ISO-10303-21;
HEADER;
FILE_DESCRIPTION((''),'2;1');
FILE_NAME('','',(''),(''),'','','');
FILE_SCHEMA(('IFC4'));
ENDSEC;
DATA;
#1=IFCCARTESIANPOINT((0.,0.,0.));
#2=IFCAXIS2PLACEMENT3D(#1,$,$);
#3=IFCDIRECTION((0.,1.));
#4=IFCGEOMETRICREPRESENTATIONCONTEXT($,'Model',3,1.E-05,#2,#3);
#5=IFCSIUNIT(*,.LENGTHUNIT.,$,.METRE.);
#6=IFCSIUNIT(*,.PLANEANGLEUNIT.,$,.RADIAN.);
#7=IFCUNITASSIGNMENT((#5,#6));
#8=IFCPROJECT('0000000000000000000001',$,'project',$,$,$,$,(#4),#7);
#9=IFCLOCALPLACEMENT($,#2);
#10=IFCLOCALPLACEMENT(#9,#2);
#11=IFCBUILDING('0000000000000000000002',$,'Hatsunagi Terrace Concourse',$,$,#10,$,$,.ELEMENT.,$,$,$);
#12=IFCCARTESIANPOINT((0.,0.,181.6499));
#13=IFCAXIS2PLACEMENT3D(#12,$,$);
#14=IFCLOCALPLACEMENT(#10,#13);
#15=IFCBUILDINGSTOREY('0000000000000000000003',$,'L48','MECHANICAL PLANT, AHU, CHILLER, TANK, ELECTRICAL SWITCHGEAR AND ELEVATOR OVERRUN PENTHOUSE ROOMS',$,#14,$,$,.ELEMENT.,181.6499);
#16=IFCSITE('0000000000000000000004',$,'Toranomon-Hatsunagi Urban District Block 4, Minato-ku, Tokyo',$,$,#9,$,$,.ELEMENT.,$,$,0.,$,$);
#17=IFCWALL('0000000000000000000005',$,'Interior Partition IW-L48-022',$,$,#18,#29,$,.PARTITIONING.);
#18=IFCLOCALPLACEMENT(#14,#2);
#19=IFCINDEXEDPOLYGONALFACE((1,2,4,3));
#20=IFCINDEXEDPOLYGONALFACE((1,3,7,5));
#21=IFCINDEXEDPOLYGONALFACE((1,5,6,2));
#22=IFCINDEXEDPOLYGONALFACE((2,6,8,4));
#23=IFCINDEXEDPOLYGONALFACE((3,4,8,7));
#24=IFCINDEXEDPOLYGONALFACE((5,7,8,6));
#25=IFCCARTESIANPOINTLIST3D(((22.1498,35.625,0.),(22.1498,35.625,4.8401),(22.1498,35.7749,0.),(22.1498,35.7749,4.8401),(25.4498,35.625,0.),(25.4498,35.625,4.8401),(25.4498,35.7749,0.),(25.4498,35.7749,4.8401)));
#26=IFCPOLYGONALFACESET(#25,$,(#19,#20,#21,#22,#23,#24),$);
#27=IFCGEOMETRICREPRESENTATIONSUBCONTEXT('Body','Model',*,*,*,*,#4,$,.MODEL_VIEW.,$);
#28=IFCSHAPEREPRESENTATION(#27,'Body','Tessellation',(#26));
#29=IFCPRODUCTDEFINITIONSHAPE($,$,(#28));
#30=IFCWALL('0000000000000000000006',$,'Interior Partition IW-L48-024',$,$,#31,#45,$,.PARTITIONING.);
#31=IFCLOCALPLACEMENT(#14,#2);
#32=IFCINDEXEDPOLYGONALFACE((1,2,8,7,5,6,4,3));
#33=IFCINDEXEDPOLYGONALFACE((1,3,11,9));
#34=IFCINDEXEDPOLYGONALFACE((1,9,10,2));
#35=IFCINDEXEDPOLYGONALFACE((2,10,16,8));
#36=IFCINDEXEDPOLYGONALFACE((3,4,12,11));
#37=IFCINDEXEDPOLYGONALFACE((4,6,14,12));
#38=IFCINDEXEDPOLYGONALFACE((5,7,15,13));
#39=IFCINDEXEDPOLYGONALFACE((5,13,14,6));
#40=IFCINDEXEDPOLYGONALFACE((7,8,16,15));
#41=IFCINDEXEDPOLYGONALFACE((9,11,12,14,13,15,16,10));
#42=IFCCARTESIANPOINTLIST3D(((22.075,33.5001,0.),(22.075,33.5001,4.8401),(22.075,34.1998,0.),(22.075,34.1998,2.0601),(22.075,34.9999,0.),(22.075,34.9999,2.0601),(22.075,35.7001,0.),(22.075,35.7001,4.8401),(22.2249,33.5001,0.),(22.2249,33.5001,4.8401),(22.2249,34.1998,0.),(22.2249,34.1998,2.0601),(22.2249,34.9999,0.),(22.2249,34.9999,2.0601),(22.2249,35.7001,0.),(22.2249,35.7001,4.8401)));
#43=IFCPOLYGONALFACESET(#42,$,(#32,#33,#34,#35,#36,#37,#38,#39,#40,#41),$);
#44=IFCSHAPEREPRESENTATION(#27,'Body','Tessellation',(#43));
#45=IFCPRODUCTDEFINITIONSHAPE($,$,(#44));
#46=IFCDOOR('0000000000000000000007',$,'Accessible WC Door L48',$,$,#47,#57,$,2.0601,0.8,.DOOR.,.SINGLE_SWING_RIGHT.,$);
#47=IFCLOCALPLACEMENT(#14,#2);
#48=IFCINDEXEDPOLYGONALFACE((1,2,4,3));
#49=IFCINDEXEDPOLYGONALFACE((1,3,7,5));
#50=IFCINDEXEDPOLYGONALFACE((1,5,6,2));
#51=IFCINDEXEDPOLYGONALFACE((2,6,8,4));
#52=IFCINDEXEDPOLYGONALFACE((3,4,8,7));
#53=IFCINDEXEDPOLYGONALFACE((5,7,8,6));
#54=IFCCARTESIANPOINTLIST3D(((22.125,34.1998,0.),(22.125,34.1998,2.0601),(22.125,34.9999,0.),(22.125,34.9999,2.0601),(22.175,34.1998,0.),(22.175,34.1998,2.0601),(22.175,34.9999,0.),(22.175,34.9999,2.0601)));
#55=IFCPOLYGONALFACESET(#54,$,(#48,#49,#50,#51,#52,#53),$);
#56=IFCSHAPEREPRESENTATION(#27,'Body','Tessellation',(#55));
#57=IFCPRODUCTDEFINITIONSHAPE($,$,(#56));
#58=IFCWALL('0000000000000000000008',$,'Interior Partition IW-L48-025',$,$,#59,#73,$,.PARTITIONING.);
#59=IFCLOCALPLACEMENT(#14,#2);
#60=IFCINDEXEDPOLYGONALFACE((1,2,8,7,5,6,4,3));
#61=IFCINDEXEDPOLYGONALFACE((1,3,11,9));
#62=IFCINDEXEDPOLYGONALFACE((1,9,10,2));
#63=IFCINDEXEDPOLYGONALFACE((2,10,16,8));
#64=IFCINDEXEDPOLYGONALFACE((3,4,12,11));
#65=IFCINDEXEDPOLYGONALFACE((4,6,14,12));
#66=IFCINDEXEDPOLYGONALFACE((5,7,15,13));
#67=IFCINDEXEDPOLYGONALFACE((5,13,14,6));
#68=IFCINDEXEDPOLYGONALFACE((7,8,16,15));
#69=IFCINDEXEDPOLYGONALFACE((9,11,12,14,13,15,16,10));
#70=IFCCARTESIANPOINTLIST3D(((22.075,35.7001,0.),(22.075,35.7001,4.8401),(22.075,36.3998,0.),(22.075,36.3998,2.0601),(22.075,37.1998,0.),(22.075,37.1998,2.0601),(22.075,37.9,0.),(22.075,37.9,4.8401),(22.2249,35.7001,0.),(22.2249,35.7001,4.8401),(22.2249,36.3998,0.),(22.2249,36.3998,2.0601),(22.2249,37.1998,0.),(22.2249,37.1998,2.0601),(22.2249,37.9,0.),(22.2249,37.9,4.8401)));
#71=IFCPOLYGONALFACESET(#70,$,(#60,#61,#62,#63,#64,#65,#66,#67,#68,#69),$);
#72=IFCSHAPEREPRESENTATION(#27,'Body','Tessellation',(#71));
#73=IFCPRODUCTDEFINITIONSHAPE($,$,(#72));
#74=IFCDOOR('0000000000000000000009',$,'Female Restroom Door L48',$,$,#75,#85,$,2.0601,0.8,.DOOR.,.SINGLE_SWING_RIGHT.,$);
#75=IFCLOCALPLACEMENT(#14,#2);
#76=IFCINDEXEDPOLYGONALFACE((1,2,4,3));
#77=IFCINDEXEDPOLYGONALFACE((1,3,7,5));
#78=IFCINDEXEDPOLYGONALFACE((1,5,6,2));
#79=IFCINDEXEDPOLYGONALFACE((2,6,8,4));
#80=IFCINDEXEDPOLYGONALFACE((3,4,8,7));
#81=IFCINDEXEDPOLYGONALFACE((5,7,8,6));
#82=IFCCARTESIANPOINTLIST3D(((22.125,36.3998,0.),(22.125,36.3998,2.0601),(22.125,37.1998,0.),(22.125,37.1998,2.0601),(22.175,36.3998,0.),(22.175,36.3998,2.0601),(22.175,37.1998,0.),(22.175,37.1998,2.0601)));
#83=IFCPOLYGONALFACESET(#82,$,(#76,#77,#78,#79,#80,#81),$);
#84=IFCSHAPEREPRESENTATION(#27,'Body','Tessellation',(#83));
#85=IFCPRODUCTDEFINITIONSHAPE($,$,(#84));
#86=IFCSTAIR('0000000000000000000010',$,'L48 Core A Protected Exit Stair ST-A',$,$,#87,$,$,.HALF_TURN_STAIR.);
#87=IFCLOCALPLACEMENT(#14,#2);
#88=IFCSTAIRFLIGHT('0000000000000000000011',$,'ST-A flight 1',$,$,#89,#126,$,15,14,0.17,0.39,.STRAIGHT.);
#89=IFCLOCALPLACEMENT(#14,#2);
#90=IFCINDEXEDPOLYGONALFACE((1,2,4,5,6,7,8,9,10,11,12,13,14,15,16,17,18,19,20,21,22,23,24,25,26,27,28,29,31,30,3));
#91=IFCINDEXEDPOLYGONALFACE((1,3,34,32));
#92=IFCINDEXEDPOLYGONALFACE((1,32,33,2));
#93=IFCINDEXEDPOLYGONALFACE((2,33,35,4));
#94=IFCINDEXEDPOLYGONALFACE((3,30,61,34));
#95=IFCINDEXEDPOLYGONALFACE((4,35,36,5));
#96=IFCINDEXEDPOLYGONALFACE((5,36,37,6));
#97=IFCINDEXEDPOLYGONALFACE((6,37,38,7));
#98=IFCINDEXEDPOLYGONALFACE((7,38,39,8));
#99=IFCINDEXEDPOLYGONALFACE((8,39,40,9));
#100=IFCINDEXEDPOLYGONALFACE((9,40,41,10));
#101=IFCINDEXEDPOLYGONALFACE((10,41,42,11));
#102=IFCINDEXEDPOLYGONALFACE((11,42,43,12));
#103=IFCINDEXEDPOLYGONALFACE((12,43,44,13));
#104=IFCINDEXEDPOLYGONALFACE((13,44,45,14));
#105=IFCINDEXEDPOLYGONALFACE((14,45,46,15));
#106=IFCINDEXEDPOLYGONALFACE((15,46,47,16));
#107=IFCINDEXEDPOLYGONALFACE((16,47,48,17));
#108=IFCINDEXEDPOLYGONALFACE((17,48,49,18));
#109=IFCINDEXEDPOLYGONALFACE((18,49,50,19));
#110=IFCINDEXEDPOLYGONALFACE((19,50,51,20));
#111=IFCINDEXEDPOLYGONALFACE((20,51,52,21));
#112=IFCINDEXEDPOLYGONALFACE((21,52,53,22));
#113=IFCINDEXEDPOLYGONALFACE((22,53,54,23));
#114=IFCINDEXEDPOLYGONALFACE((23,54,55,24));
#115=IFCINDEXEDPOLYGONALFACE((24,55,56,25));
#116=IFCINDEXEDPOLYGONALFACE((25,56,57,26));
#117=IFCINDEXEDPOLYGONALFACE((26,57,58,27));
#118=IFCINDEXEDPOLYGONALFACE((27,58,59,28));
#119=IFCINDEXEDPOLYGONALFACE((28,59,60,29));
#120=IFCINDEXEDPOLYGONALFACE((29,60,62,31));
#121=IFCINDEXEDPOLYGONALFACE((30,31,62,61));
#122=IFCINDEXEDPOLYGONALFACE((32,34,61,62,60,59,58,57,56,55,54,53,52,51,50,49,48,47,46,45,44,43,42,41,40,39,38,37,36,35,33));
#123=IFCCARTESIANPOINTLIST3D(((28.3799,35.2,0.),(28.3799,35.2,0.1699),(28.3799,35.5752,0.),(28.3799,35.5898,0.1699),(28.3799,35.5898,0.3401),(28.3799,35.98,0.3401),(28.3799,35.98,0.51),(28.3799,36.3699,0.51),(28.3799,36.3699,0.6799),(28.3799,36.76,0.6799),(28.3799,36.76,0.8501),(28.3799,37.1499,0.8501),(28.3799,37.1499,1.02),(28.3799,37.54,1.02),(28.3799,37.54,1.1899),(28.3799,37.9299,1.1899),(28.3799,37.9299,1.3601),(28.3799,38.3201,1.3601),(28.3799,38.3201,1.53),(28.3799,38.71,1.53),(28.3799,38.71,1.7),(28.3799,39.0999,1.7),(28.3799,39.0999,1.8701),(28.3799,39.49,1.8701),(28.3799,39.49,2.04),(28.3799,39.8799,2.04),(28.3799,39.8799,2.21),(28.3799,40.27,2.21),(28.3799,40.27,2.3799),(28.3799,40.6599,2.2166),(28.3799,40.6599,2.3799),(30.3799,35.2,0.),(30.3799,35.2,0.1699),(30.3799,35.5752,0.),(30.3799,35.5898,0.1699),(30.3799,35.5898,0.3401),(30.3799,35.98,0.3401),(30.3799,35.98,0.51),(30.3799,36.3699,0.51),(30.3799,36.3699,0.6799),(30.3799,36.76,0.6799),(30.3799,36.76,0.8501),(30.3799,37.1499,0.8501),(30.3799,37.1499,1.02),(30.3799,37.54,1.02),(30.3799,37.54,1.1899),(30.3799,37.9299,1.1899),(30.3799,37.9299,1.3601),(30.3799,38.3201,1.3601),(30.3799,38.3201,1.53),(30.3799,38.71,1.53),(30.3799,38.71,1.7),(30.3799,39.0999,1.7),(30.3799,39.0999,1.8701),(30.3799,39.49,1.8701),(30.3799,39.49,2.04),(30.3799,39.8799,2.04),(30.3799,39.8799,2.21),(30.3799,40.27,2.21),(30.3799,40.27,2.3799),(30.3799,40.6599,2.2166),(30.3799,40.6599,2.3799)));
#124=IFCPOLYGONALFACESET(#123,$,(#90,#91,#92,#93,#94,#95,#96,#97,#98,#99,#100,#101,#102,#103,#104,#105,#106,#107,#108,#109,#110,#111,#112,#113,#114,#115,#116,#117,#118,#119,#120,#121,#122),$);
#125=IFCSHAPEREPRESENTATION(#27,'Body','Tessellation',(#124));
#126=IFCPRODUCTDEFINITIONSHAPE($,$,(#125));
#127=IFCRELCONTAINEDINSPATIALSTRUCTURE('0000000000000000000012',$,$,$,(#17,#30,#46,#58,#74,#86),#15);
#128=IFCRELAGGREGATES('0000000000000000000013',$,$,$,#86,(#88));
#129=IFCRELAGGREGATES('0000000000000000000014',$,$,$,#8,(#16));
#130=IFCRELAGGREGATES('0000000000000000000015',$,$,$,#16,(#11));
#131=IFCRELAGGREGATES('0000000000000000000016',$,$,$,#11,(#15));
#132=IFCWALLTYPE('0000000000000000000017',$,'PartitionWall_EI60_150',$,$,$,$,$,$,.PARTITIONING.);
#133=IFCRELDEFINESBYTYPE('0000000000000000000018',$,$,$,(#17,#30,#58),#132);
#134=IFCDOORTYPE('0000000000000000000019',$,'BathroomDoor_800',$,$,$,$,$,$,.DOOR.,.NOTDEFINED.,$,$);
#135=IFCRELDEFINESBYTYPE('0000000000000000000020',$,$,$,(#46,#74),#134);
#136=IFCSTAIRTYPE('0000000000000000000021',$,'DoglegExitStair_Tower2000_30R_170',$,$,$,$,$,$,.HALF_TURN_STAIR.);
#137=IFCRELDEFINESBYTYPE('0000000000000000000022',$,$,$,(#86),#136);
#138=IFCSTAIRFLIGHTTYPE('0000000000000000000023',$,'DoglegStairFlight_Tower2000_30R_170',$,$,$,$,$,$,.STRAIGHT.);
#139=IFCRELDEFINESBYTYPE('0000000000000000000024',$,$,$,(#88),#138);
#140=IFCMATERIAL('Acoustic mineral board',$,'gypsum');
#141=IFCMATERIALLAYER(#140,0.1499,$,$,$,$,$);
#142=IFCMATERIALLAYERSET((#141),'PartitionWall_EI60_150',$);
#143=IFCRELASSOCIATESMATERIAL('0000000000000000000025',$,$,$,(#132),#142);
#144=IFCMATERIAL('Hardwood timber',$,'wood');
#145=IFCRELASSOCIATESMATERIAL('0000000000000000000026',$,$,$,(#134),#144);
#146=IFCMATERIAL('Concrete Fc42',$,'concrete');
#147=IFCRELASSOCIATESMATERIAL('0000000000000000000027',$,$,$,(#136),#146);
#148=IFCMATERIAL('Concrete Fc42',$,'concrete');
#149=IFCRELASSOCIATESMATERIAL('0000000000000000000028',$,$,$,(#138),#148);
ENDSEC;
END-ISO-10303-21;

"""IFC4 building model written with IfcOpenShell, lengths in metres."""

from ifc_helpers import new_model, si_unit, direction, frame, frame_2d, origin, place, context, subcontext, project, spatial, polyline, rectangle, outline, extrude, material, layer, layer_set, type_object, element, fill, aggregate, save


model = new_model("IFC4")

# Units and contexts
model_context = context("Model", 3, precision=1e-05, world=origin(), true_north=direction((0.0, 1.0)))
body_context = subcontext(model_context, "Body", "Model", "MODEL_VIEW")
ifc_project = project(units=[si_unit("LENGTHUNIT", "METRE"), si_unit("PLANEANGLEUNIT", "RADIAN")], contexts=[model_context])

# Site, building, storey
site_placement = place(None, origin())
site = spatial("IfcSite", under=ifc_project, at=site_placement, Name="Toranomon-Hatsunagi Urban District Block 4, Minato-ku, Tokyo", CompositionType="ELEMENT", RefElevation=0.0)
building_placement = place(site_placement, origin())
building = spatial("IfcBuilding", under=site, at=building_placement, Name="Hatsunagi Terrace Concourse", CompositionType="ELEMENT")
storey_placement = place(building_placement, frame((0.0, 0.0, 181.6499)))
storey = spatial("IfcBuildingStorey", under=building, at=storey_placement, Name="L48", Description="MECHANICAL PLANT, AHU, CHILLER, TANK, ELECTRICAL SWITCHGEAR AND ELEVATOR OVERRUN PENTHOUSE ROOMS", CompositionType="ELEMENT", Elevation=181.6499)

# Wall
ifc_material_1 = material(Name="Acoustic mineral board", Category="gypsum")
ifc_layer_1 = layer(ifc_material_1, 0.1499)
ifc_layer_set_1 = layer_set([ifc_layer_1], Name="PartitionWall_EI60_150")
wall_type_1 = type_object("IfcWallType", Name="PartitionWall_EI60_150", PredefinedType="PARTITIONING", material=ifc_layer_set_1)
wall_1_placement = place(storey_placement, frame((22.1499, 35.7, 0.0), z_axis=(0.0, 0.0, 1.0), x_axis=(1.0, 0.0, 0.0)))
element("IfcWall", 1, at=wall_1_placement, inside=storey, type_object=wall_type_1, Name="Interior Partition IW-L48-022", PredefinedType="PARTITIONING", context=body_context, shape_type="SweptSolid", body=[
    extrude(rectangle(XDim=3.3, YDim=0.1499, at=frame_2d((1.6499, 0.0))), origin(), (0.0, 0.0, 1.0), 4.8401),
])

# Walls, openings, doors
wall_2_placement = place(storey_placement, frame((22.1499, 33.5, 0.0), z_axis=(0.0, 0.0, 1.0), x_axis=(0.0, 1.0, 0.0)))
wall_2 = element("IfcWall", 2, at=wall_2_placement, inside=storey, type_object=wall_type_1, Name="Interior Partition IW-L48-024", PredefinedType="PARTITIONING", context=body_context, shape_type="SweptSolid", body=[
    extrude(rectangle(XDim=2.2, YDim=0.1499, at=frame_2d((1.1001, 0.0))), origin(), (0.0, 0.0, 1.0), 4.8401),
])
opening_1_placement = place(wall_2_placement, frame((0.7, 0.0, 0.0)))
opening_1 = element("IfcOpeningElement", 3, at=opening_1_placement, cuts=wall_2, PredefinedType="OPENING", context=body_context, shape_type="SweptSolid", body=[
    extrude(rectangle(XDim=0.8, YDim=2.0601, at=frame_2d((0.3999, 1.03))), frame((0.0, 0.085, 0.0), z_axis=(0.0, -1.0, 0.0), x_axis=(1.0, 0.0, 0.0)), (0.0, 0.0, 1.0), 0.1699),
])
ifc_material_2 = material(Name="Hardwood timber", Category="wood")
door_type_1 = type_object("IfcDoorType", Name="BathroomDoor_800", OperationType="NOTDEFINED", PredefinedType="DOOR", material=ifc_material_2)
door_1_placement = place(opening_1_placement, origin())
door_1 = element("IfcDoor", 4, at=door_1_placement, inside=storey, type_object=door_type_1, Name="Accessible WC Door L48", OperationType="SINGLE_SWING_RIGHT", OverallHeight=2.0601, OverallWidth=0.8, PredefinedType="DOOR", context=body_context, shape_type="SweptSolid", body=[
    extrude(rectangle(XDim=0.8, YDim=2.0601, at=frame_2d((0.3999, 1.03))), frame((0.0, 0.0249, 0.0), z_axis=(0.0, -1.0, 0.0), x_axis=(1.0, 0.0, 0.0)), (0.0, 0.0, 1.0), 0.05),
])
fill(opening_1, door_1)
wall_3_placement = place(storey_placement, frame((22.1499, 35.7, 0.0), z_axis=(0.0, 0.0, 1.0), x_axis=(0.0, 1.0, 0.0)))
wall_3 = element("IfcWall", 5, at=wall_3_placement, inside=storey, type_object=wall_type_1, Name="Interior Partition IW-L48-025", PredefinedType="PARTITIONING", context=body_context, shape_type="SweptSolid", body=[
    extrude(rectangle(XDim=2.2, YDim=0.1499, at=frame_2d((1.1001, 0.0))), origin(), (0.0, 0.0, 1.0), 4.8401),
])
opening_2_placement = place(wall_3_placement, frame((0.7, 0.0, 0.0)))
opening_2 = element("IfcOpeningElement", 6, at=opening_2_placement, cuts=wall_3, PredefinedType="OPENING", context=body_context, shape_type="SweptSolid", body=[
    extrude(rectangle(XDim=0.8, YDim=2.0601, at=frame_2d((0.3999, 1.03))), frame((0.0, 0.085, 0.0), z_axis=(0.0, -1.0, 0.0), x_axis=(1.0, 0.0, 0.0)), (0.0, 0.0, 1.0), 0.1699),
])
door_2_placement = place(opening_2_placement, origin())
door_2 = element("IfcDoor", 7, at=door_2_placement, inside=storey, type_object=door_type_1, Name="Female Restroom Door L48", OperationType="SINGLE_SWING_RIGHT", OverallHeight=2.0601, OverallWidth=0.8, PredefinedType="DOOR", context=body_context, shape_type="SweptSolid", body=[
    extrude(rectangle(XDim=0.8, YDim=2.0601, at=frame_2d((0.3999, 1.03))), frame((0.0, 0.0249, 0.0), z_axis=(0.0, -1.0, 0.0), x_axis=(1.0, 0.0, 0.0)), (0.0, 0.0, 1.0), 0.05),
])
fill(opening_2, door_2)

# Stair, stair flight
ifc_material_3 = material(Name="Concrete Fc42", Category="concrete")
stair_type = type_object("IfcStairType", Name="DoglegExitStair_Tower2000_30R_170", PredefinedType="HALF_TURN_STAIR", material=ifc_material_3)
stair_placement = place(storey_placement, origin())
stair = element("IfcStair", 8, at=stair_placement, inside=storey, type_object=stair_type, Name="L48 Core A Protected Exit Stair ST-A", PredefinedType="HALF_TURN_STAIR")
ifc_material_4 = material(Name="Concrete Fc42", Category="concrete")
stair_flight_type = type_object("IfcStairFlightType", Name="DoglegStairFlight_Tower2000_30R_170", PredefinedType="STRAIGHT", material=ifc_material_4)
stair_flight_placement = place(storey_placement, frame((29.3799, 35.2, 0.0), z_axis=(0.0, 0.0, 1.0), x_axis=(0.0, 1.0, 0.0)))
stair_flight = element("IfcStairFlight", 9, at=stair_flight_placement, type_object=stair_flight_type, Name="ST-A flight 1", NumberOfRisers=15, NumberOfTreads=14, PredefinedType="STRAIGHT", RiserHeight=0.17, TreadLength=0.39, context=body_context, shape_type="SweptSolid", body=[
    extrude(outline(polyline([(0.0, 0.0), (0.0, 0.1699), (0.3899, 0.1699), (0.3899, 0.3401), (0.78, 0.3401), (0.78, 0.51), (1.1699, 0.51), (1.1699, 0.6799), (1.5601, 0.6799), (1.5601, 0.8501), (1.95, 0.8501), (1.95, 1.02), (2.3401, 1.02), (2.3401, 1.1899), (2.73, 1.1899), (2.73, 1.3601), (3.1201, 1.3601), (3.1201, 1.53), (3.51, 1.53), (3.51, 1.7), (3.8999, 1.7), (3.8999, 1.8701), (4.29, 1.8701), (4.29, 2.04), (4.6799, 2.04), (4.6799, 2.21), (5.0701, 2.21), (5.0701, 2.3799), (5.46, 2.3799), (5.46, 2.55), (5.46, 2.2166), (0.3752, 0.0), (0.0, 0.0)])), frame((0.0, 1.0, 0.0), z_axis=(0.0, -1.0, 0.0), x_axis=(1.0, 0.0, 0.0)), (0.0, 0.0, 1.0), 2.0),
])
aggregate(stair, [stair_flight])

save(model, "model.ifc")
